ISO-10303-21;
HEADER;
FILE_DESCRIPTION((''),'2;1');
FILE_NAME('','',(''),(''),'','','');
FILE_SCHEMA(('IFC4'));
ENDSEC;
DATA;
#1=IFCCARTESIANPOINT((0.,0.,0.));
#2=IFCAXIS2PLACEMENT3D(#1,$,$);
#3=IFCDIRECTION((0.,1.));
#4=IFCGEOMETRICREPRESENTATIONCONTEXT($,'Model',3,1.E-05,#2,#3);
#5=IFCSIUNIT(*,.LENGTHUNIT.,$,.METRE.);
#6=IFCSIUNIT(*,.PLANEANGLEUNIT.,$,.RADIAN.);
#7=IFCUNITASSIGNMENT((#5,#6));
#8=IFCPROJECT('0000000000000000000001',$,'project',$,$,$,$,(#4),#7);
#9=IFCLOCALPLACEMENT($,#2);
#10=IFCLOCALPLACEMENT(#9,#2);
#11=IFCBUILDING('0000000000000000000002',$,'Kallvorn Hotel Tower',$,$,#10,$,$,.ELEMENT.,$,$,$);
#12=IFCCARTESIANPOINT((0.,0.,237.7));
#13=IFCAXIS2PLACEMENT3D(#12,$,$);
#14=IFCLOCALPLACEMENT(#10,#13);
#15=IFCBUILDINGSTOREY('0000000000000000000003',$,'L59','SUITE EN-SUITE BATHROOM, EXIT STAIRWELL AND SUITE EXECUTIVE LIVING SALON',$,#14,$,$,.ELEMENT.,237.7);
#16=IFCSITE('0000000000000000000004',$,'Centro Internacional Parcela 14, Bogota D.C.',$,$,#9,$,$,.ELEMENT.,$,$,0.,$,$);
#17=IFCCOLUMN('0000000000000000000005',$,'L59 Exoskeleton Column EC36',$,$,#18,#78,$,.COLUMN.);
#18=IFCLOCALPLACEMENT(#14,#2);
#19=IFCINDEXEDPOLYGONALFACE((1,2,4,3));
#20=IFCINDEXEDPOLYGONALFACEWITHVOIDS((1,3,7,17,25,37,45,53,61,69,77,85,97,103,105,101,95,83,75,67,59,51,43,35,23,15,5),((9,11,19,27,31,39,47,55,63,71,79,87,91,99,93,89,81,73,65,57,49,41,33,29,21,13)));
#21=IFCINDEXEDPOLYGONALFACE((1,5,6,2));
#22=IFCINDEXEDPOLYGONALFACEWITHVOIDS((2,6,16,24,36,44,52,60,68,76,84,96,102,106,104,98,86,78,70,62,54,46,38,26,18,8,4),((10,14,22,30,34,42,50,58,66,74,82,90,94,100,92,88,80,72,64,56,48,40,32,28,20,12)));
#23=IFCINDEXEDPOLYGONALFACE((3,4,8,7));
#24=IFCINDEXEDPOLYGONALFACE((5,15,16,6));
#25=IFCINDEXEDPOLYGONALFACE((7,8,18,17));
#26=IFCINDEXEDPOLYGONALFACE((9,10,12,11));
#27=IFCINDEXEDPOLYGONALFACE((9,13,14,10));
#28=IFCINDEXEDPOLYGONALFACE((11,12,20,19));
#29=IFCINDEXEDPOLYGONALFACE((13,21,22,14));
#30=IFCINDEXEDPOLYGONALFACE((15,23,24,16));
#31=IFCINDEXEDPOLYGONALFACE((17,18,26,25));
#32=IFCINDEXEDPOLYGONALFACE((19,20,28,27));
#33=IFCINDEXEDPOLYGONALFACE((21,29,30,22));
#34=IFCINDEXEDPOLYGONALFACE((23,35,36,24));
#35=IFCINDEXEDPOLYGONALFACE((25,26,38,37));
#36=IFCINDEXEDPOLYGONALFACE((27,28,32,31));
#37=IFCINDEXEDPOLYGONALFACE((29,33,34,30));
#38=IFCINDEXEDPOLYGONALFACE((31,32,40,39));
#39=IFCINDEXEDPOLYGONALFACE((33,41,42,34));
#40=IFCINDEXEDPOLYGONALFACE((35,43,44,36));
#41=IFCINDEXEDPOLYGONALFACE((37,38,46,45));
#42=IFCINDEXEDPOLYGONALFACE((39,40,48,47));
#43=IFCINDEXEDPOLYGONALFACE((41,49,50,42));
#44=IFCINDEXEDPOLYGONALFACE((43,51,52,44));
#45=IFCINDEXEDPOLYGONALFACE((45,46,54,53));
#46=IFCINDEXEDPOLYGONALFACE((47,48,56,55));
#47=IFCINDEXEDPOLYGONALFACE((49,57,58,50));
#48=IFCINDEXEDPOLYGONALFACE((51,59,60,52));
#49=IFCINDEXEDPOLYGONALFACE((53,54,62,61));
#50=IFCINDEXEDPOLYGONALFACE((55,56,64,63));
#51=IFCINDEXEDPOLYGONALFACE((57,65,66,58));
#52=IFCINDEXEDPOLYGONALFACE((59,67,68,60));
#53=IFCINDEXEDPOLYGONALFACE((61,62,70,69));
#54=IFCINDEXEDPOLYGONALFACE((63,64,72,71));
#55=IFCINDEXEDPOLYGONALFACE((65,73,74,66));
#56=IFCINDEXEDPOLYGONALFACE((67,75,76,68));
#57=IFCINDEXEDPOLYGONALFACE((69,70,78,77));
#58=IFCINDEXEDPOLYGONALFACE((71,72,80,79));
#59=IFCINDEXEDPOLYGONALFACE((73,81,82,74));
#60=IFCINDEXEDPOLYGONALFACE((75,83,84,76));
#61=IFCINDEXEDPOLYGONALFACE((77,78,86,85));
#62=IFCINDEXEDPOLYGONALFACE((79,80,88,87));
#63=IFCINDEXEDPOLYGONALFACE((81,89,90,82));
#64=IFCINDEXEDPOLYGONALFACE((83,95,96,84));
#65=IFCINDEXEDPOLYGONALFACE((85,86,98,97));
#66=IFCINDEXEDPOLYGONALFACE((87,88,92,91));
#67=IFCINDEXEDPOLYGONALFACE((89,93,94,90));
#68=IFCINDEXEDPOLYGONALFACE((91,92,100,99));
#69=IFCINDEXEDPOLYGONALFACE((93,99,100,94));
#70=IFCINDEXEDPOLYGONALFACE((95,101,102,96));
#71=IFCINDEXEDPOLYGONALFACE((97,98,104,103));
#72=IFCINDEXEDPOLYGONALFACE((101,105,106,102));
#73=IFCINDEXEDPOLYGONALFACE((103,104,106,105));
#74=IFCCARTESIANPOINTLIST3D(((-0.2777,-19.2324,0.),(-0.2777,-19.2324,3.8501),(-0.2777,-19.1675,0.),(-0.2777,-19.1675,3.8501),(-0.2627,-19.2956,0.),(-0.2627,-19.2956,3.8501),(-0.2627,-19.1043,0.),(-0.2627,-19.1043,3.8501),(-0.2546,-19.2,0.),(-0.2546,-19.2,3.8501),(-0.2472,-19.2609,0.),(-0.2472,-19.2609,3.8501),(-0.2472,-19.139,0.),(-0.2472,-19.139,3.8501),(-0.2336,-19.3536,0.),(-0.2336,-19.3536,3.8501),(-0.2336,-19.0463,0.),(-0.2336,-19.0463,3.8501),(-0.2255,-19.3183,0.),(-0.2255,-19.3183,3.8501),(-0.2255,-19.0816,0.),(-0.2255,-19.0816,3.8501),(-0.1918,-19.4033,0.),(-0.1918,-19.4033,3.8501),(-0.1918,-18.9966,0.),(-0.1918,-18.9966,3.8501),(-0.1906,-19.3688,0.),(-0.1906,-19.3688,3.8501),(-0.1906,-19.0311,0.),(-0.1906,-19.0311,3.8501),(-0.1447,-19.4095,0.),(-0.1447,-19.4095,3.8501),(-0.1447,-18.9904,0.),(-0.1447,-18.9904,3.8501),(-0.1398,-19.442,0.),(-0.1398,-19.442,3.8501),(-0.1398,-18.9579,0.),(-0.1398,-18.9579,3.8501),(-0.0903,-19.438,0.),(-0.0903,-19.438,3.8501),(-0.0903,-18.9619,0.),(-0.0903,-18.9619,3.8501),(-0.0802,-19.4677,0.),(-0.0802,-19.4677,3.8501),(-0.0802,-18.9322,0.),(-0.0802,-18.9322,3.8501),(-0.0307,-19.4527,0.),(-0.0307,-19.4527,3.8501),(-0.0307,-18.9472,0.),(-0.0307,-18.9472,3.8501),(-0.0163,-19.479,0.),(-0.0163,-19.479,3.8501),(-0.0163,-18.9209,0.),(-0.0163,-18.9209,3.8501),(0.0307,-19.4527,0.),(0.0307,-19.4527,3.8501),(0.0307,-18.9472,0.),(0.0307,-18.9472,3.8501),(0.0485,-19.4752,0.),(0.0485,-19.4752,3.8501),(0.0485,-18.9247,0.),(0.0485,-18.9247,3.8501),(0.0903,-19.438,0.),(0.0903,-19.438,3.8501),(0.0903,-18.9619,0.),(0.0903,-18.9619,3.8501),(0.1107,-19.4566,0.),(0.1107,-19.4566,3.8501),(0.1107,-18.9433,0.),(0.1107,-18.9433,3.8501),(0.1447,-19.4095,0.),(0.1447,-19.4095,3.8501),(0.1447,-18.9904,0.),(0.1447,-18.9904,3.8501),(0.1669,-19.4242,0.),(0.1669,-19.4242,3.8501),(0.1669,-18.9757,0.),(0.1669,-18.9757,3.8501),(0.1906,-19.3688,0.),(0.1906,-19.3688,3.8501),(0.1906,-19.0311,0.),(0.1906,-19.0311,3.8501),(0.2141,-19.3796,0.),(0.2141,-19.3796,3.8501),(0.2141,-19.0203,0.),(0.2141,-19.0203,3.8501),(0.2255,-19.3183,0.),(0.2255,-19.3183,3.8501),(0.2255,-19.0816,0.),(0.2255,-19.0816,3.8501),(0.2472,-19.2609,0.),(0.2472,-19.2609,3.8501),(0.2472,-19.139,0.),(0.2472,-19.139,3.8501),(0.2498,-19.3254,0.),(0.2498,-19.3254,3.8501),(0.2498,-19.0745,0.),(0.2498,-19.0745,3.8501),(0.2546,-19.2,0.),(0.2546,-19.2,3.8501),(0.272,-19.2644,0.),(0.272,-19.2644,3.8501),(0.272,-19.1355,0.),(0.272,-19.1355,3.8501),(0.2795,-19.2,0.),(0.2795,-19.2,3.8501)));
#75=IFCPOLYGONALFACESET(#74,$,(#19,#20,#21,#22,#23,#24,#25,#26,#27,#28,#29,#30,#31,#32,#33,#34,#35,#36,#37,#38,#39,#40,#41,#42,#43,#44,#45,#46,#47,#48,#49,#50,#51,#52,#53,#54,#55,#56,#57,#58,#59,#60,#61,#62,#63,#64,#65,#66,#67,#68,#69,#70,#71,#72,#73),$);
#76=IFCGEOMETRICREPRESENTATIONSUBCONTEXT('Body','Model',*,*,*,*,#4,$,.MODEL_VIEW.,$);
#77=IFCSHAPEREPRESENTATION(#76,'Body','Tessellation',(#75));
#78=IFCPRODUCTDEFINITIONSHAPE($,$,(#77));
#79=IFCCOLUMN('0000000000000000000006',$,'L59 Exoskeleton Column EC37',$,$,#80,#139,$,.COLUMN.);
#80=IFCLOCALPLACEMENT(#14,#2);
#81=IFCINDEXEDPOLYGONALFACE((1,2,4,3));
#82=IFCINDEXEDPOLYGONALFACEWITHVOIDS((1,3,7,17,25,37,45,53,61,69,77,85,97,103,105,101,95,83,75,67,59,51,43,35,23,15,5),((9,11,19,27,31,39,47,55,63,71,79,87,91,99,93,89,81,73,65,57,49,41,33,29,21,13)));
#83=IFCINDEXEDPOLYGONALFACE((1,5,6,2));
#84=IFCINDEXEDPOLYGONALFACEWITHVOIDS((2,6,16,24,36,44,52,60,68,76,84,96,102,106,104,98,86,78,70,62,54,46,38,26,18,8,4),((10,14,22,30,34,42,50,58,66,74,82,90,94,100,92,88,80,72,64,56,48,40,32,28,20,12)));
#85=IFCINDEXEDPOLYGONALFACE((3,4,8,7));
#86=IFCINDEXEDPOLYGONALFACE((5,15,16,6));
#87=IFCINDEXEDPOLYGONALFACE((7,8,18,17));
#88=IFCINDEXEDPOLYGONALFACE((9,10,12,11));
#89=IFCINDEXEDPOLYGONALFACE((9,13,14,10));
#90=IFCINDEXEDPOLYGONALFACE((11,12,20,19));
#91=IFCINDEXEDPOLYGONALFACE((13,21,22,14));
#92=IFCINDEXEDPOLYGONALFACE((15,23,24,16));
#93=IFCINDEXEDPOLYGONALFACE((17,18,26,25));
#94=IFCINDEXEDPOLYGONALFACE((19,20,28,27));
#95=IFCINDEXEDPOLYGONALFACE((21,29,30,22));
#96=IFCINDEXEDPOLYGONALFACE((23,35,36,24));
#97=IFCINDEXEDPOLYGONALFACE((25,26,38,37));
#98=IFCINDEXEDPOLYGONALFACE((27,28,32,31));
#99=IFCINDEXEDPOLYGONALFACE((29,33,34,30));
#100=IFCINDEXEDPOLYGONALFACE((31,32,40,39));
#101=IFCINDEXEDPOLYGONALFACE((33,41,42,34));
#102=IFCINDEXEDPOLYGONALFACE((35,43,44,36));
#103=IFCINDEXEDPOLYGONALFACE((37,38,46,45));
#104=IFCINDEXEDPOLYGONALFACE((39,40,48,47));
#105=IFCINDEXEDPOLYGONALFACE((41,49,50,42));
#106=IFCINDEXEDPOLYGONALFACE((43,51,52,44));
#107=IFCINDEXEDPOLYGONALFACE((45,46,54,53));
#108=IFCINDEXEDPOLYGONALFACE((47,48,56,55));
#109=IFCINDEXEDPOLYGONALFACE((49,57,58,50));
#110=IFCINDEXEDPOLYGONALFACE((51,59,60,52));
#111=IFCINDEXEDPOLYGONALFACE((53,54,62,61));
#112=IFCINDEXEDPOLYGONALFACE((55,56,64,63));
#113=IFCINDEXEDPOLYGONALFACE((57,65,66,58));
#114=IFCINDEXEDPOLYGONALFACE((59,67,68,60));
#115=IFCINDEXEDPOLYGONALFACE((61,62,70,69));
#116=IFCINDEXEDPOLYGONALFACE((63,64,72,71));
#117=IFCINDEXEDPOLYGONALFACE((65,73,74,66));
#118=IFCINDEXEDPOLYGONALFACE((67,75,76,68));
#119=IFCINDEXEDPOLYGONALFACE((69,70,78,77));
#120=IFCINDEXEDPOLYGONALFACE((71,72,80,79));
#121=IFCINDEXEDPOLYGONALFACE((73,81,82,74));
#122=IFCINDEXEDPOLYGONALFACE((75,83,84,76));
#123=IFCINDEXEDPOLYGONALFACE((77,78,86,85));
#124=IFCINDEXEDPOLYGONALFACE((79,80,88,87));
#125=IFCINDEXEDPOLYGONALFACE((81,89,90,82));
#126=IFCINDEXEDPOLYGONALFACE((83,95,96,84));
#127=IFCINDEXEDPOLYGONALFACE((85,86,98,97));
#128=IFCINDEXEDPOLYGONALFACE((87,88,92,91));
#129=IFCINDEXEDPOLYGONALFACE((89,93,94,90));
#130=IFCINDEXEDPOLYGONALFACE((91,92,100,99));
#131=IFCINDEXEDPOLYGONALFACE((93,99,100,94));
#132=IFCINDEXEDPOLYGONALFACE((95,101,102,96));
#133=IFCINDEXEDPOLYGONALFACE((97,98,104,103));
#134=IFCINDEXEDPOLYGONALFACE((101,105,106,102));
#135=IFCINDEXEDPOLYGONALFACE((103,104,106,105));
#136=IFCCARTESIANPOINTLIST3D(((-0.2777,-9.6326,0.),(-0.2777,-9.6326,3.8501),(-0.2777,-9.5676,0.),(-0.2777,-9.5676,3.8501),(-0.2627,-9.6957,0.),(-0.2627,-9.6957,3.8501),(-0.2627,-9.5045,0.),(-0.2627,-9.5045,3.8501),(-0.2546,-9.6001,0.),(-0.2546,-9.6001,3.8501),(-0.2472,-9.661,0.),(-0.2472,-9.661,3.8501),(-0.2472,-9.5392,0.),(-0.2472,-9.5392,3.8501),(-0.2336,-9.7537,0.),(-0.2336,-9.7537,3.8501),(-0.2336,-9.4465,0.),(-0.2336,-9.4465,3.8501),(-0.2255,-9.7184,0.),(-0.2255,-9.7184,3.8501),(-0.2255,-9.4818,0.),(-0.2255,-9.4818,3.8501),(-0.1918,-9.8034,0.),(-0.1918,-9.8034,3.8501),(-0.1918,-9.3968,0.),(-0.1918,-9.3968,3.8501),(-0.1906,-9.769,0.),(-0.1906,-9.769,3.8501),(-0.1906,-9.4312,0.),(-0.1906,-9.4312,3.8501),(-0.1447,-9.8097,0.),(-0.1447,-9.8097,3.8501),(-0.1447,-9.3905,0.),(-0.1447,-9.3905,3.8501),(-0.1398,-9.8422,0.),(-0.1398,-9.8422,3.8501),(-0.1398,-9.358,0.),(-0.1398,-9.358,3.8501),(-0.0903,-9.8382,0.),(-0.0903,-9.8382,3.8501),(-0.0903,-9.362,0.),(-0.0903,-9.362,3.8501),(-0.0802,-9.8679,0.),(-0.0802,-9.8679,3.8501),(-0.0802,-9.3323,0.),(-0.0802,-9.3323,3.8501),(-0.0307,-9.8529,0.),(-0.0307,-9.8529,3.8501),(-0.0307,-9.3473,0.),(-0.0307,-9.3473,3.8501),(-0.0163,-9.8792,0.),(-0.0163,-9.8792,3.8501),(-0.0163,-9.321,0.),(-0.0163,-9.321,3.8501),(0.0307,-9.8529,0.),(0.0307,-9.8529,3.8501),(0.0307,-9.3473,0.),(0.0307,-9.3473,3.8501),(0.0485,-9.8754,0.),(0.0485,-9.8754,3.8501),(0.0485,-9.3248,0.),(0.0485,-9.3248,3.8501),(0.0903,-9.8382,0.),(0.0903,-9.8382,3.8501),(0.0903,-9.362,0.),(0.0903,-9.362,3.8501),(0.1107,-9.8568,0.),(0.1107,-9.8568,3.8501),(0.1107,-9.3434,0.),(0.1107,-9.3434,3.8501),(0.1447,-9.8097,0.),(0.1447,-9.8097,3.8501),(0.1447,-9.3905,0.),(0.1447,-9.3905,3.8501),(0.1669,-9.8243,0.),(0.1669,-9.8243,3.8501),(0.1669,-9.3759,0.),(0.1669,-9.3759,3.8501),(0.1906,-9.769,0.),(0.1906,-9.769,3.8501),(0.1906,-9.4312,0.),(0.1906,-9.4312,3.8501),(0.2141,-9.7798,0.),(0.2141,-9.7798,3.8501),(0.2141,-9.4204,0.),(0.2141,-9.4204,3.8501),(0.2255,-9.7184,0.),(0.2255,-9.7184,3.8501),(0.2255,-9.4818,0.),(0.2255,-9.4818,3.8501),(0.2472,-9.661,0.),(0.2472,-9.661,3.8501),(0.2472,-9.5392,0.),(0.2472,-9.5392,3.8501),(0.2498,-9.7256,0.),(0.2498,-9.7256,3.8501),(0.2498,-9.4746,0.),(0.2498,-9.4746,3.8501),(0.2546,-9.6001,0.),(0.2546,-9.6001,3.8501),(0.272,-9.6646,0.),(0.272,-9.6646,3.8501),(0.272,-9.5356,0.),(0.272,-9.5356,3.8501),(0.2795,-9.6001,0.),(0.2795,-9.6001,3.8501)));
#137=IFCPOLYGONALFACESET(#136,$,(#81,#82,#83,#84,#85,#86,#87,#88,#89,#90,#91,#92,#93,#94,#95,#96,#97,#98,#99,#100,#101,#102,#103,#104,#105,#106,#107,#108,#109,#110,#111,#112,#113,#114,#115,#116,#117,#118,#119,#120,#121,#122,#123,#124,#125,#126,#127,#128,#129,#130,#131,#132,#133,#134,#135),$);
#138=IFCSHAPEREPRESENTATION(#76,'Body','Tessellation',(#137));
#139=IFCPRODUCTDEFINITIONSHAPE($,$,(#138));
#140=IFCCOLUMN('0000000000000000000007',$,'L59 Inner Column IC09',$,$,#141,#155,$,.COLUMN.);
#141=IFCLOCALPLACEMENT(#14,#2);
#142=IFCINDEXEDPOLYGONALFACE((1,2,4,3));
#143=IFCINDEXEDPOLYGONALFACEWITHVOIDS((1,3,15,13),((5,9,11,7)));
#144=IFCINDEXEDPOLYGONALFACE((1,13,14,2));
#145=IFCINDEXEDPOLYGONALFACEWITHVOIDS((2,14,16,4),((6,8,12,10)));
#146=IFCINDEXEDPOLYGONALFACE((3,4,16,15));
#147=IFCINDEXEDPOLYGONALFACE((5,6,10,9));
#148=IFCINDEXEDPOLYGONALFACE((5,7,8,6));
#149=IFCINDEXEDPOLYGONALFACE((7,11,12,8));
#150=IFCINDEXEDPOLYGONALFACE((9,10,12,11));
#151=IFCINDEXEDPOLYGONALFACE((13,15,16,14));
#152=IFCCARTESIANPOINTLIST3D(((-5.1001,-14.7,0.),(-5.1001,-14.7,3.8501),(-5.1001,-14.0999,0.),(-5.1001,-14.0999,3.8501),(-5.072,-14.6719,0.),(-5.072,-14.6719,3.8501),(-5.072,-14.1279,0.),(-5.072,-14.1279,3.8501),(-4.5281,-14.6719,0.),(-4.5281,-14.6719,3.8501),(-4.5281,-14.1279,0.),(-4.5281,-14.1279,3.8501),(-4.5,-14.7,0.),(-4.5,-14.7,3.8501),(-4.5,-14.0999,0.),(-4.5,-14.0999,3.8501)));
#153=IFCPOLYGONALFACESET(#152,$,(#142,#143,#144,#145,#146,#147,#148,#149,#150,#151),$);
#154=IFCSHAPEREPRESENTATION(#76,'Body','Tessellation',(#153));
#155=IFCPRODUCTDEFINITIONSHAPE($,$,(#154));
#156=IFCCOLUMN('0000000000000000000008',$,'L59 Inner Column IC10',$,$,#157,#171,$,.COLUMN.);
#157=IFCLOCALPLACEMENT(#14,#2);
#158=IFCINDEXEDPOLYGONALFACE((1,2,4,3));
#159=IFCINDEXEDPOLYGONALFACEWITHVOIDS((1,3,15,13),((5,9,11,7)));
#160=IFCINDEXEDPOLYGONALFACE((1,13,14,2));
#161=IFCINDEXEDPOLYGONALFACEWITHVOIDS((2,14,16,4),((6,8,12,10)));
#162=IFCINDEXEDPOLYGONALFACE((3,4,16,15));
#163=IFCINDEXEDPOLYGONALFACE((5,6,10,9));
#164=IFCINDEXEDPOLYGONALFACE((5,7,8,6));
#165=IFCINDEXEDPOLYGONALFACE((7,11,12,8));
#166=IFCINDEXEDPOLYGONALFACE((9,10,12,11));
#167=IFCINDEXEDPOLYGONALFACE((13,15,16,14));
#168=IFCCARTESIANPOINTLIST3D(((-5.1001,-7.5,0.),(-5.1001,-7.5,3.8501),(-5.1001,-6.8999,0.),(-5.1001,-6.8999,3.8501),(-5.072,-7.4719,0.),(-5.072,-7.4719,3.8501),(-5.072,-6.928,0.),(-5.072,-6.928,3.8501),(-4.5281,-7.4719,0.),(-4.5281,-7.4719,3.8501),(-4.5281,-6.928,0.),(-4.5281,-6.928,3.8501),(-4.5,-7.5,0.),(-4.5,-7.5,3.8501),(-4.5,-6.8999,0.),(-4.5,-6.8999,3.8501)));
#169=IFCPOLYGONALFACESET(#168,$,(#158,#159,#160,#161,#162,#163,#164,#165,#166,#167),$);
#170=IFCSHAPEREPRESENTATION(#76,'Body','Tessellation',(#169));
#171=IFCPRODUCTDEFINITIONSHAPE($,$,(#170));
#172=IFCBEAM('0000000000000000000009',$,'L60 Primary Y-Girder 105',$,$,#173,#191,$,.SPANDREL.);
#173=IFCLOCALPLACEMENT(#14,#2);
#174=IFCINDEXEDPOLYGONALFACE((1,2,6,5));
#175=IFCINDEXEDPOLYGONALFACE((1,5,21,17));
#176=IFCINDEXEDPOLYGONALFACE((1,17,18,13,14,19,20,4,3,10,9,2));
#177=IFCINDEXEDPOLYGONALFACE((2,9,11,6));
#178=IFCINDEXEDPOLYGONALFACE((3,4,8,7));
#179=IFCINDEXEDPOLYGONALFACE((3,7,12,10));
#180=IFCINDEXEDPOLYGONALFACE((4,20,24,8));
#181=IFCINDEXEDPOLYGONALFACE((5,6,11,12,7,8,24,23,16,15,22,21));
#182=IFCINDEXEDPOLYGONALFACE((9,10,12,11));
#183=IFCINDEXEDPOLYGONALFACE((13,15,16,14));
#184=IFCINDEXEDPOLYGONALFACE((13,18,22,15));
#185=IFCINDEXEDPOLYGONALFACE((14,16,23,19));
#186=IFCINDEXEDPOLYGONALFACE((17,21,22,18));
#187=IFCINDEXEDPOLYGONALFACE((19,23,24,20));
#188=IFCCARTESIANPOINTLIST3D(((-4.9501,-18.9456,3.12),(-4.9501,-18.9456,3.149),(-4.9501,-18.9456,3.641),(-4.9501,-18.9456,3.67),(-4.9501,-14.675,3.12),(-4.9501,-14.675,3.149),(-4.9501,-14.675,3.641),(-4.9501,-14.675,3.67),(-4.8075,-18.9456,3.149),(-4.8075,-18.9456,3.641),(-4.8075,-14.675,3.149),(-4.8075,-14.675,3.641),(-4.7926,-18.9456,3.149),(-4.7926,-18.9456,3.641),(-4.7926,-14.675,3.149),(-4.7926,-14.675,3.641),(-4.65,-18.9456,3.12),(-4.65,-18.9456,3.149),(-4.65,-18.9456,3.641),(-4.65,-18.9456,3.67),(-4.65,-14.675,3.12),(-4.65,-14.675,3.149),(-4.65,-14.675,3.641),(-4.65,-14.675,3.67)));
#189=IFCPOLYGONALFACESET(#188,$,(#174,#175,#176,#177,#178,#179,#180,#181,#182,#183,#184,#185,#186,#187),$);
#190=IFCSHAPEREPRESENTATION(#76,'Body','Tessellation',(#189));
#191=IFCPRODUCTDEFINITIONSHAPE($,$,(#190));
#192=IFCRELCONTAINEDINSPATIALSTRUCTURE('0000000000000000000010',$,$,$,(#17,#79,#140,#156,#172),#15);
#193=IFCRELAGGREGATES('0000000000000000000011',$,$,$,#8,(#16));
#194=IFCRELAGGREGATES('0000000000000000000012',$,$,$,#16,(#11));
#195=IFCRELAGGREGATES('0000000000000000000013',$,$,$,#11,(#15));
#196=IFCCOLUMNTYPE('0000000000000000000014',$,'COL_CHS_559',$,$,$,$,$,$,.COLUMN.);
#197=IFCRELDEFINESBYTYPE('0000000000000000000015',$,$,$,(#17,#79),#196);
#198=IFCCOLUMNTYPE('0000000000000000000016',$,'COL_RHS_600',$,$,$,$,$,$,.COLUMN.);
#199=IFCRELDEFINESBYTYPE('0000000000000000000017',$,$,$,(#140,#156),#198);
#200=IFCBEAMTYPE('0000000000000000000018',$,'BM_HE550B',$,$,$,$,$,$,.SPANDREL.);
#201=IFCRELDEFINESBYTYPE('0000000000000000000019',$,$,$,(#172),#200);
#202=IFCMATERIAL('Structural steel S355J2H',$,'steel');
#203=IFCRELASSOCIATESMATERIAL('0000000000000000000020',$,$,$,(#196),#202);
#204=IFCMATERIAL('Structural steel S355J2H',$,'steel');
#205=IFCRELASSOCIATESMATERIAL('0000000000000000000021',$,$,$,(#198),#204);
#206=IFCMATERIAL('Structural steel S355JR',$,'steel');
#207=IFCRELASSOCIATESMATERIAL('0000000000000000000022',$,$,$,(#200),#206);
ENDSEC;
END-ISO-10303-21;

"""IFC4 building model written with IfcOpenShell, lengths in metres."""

from ifc_helpers import new_model, si_unit, direction, frame, origin, origin_2d, place, context, subcontext, project, spatial, hollow_rectangle, hollow_circle, i_section, extrude, material, material_profile, profile_set, type_object, element, save


model = new_model("IFC4")

# Units and contexts
model_context = context("Model", 3, precision=1e-05, world=origin(), true_north=direction((0.0, 1.0)))
body_context = subcontext(model_context, "Body", "Model", "MODEL_VIEW")
ifc_project = project(units=[si_unit("LENGTHUNIT", "METRE"), si_unit("PLANEANGLEUNIT", "RADIAN")], contexts=[model_context])

# Site, building, storey
site_placement = place(None, origin())
site = spatial("IfcSite", under=ifc_project, at=site_placement, Name="Centro Internacional Parcela 14, Bogota D.C.", CompositionType="ELEMENT", RefElevation=0.0)
building_placement = place(site_placement, origin())
building = spatial("IfcBuilding", under=site, at=building_placement, Name="Kallvorn Hotel Tower", CompositionType="ELEMENT")
storey_placement = place(building_placement, frame((0.0, 0.0, 237.7)))
storey = spatial("IfcBuildingStorey", under=building, at=storey_placement, Name="L59", Description="SUITE EN-SUITE BATHROOM, EXIT STAIRWELL AND SUITE EXECUTIVE LIVING SALON", CompositionType="ELEMENT", Elevation=237.7)

# Columns
ifc_material_1 = material(Name="Structural steel S355J2H", Category="steel")
ifc_material_profile_1 = material_profile(ifc_material_1, hollow_circle(Radius=0.2795, WallThickness=0.0249, at=origin_2d()), Name="CHS 559x25")
ifc_profile_set_1 = profile_set([ifc_material_profile_1], Name="Structural steel S355J2H")
column_type_1 = type_object("IfcColumnType", Name="COL_CHS_559", PredefinedType="COLUMN", material=ifc_profile_set_1)
for number, where, z_axis, x_axis, name in (
    (1, (0.0, -19.2, 0.0), (0.0, 0.0, 1.0), (1.0, 0.0, 0.0), "L59 Exoskeleton Column EC36"),
    (2, (0.0, -9.6001, 0.0), (0.0, 0.0, 1.0), (1.0, 0.0, 0.0), "L59 Exoskeleton Column EC37"),
):
    element("IfcColumn", number, at=place(storey_placement, frame(where, z_axis=z_axis, x_axis=x_axis)), inside=storey, type_object=column_type_1, Name=name, PredefinedType="COLUMN", context=body_context, shape_type="SweptSolid", body=[
        extrude(hollow_circle(Radius=0.2795, WallThickness=0.0249, at=origin_2d()), origin(), (0.0, 0.0, 1.0), 3.8501),
    ])
ifc_material_2 = material(Name="Structural steel S355J2H", Category="steel")
ifc_material_profile_2 = material_profile(ifc_material_2, hollow_rectangle(XDim=0.6001, YDim=0.6001, WallThickness=0.0281, at=origin_2d()), Name="RHS 600x600x28")
ifc_profile_set_2 = profile_set([ifc_material_profile_2], Name="Structural steel S355J2H")
column_type_2 = type_object("IfcColumnType", Name="COL_RHS_600", PredefinedType="COLUMN", material=ifc_profile_set_2)
for number, where, z_axis, x_axis, name in (
    (3, (-4.8, -14.3999, 0.0), (0.0, 0.0, 1.0), (1.0, 0.0, 0.0), "L59 Inner Column IC09"),
    (4, (-4.8, -7.2, 0.0), (0.0, 0.0, 1.0), (1.0, 0.0, 0.0), "L59 Inner Column IC10"),
):
    element("IfcColumn", number, at=place(storey_placement, frame(where, z_axis=z_axis, x_axis=x_axis)), inside=storey, type_object=column_type_2, Name=name, PredefinedType="COLUMN", context=body_context, shape_type="SweptSolid", body=[
        extrude(hollow_rectangle(XDim=0.6001, YDim=0.6001, WallThickness=0.0281, at=origin_2d()), origin(), (0.0, 0.0, 1.0), 3.8501),
    ])

# Beam
ifc_material_3 = material(Name="Structural steel S355JR", Category="steel")
ifc_material_profile_3 = material_profile(ifc_material_3, i_section(OverallWidth=0.3, OverallDepth=0.55, WebThickness=0.0149, FlangeThickness=0.0291, at=origin_2d()), Name="HE 550 B")
ifc_profile_set_3 = profile_set([ifc_material_profile_3], Name="Structural steel S355JR")
beam_type_1 = type_object("IfcBeamType", Name="BM_HE550B", PredefinedType="SPANDREL", material=ifc_profile_set_3)
beam_1_placement = place(storey_placement, frame((-4.8, -18.9456, 3.395), z_axis=(0.0, 1.0, 0.0), x_axis=(-1.0, 0.0, 0.0)))
element("IfcBeam", 5, at=beam_1_placement, inside=storey, type_object=beam_type_1, Name="L60 Primary Y-Girder 105", PredefinedType="SPANDREL", context=body_context, shape_type="SweptSolid", body=[
    extrude(i_section(OverallWidth=0.3, OverallDepth=0.55, WebThickness=0.0149, FlangeThickness=0.0291, at=origin_2d()), origin(), (0.0, 0.0, 1.0), 4.2705),
])

save(model, "model.ifc")
